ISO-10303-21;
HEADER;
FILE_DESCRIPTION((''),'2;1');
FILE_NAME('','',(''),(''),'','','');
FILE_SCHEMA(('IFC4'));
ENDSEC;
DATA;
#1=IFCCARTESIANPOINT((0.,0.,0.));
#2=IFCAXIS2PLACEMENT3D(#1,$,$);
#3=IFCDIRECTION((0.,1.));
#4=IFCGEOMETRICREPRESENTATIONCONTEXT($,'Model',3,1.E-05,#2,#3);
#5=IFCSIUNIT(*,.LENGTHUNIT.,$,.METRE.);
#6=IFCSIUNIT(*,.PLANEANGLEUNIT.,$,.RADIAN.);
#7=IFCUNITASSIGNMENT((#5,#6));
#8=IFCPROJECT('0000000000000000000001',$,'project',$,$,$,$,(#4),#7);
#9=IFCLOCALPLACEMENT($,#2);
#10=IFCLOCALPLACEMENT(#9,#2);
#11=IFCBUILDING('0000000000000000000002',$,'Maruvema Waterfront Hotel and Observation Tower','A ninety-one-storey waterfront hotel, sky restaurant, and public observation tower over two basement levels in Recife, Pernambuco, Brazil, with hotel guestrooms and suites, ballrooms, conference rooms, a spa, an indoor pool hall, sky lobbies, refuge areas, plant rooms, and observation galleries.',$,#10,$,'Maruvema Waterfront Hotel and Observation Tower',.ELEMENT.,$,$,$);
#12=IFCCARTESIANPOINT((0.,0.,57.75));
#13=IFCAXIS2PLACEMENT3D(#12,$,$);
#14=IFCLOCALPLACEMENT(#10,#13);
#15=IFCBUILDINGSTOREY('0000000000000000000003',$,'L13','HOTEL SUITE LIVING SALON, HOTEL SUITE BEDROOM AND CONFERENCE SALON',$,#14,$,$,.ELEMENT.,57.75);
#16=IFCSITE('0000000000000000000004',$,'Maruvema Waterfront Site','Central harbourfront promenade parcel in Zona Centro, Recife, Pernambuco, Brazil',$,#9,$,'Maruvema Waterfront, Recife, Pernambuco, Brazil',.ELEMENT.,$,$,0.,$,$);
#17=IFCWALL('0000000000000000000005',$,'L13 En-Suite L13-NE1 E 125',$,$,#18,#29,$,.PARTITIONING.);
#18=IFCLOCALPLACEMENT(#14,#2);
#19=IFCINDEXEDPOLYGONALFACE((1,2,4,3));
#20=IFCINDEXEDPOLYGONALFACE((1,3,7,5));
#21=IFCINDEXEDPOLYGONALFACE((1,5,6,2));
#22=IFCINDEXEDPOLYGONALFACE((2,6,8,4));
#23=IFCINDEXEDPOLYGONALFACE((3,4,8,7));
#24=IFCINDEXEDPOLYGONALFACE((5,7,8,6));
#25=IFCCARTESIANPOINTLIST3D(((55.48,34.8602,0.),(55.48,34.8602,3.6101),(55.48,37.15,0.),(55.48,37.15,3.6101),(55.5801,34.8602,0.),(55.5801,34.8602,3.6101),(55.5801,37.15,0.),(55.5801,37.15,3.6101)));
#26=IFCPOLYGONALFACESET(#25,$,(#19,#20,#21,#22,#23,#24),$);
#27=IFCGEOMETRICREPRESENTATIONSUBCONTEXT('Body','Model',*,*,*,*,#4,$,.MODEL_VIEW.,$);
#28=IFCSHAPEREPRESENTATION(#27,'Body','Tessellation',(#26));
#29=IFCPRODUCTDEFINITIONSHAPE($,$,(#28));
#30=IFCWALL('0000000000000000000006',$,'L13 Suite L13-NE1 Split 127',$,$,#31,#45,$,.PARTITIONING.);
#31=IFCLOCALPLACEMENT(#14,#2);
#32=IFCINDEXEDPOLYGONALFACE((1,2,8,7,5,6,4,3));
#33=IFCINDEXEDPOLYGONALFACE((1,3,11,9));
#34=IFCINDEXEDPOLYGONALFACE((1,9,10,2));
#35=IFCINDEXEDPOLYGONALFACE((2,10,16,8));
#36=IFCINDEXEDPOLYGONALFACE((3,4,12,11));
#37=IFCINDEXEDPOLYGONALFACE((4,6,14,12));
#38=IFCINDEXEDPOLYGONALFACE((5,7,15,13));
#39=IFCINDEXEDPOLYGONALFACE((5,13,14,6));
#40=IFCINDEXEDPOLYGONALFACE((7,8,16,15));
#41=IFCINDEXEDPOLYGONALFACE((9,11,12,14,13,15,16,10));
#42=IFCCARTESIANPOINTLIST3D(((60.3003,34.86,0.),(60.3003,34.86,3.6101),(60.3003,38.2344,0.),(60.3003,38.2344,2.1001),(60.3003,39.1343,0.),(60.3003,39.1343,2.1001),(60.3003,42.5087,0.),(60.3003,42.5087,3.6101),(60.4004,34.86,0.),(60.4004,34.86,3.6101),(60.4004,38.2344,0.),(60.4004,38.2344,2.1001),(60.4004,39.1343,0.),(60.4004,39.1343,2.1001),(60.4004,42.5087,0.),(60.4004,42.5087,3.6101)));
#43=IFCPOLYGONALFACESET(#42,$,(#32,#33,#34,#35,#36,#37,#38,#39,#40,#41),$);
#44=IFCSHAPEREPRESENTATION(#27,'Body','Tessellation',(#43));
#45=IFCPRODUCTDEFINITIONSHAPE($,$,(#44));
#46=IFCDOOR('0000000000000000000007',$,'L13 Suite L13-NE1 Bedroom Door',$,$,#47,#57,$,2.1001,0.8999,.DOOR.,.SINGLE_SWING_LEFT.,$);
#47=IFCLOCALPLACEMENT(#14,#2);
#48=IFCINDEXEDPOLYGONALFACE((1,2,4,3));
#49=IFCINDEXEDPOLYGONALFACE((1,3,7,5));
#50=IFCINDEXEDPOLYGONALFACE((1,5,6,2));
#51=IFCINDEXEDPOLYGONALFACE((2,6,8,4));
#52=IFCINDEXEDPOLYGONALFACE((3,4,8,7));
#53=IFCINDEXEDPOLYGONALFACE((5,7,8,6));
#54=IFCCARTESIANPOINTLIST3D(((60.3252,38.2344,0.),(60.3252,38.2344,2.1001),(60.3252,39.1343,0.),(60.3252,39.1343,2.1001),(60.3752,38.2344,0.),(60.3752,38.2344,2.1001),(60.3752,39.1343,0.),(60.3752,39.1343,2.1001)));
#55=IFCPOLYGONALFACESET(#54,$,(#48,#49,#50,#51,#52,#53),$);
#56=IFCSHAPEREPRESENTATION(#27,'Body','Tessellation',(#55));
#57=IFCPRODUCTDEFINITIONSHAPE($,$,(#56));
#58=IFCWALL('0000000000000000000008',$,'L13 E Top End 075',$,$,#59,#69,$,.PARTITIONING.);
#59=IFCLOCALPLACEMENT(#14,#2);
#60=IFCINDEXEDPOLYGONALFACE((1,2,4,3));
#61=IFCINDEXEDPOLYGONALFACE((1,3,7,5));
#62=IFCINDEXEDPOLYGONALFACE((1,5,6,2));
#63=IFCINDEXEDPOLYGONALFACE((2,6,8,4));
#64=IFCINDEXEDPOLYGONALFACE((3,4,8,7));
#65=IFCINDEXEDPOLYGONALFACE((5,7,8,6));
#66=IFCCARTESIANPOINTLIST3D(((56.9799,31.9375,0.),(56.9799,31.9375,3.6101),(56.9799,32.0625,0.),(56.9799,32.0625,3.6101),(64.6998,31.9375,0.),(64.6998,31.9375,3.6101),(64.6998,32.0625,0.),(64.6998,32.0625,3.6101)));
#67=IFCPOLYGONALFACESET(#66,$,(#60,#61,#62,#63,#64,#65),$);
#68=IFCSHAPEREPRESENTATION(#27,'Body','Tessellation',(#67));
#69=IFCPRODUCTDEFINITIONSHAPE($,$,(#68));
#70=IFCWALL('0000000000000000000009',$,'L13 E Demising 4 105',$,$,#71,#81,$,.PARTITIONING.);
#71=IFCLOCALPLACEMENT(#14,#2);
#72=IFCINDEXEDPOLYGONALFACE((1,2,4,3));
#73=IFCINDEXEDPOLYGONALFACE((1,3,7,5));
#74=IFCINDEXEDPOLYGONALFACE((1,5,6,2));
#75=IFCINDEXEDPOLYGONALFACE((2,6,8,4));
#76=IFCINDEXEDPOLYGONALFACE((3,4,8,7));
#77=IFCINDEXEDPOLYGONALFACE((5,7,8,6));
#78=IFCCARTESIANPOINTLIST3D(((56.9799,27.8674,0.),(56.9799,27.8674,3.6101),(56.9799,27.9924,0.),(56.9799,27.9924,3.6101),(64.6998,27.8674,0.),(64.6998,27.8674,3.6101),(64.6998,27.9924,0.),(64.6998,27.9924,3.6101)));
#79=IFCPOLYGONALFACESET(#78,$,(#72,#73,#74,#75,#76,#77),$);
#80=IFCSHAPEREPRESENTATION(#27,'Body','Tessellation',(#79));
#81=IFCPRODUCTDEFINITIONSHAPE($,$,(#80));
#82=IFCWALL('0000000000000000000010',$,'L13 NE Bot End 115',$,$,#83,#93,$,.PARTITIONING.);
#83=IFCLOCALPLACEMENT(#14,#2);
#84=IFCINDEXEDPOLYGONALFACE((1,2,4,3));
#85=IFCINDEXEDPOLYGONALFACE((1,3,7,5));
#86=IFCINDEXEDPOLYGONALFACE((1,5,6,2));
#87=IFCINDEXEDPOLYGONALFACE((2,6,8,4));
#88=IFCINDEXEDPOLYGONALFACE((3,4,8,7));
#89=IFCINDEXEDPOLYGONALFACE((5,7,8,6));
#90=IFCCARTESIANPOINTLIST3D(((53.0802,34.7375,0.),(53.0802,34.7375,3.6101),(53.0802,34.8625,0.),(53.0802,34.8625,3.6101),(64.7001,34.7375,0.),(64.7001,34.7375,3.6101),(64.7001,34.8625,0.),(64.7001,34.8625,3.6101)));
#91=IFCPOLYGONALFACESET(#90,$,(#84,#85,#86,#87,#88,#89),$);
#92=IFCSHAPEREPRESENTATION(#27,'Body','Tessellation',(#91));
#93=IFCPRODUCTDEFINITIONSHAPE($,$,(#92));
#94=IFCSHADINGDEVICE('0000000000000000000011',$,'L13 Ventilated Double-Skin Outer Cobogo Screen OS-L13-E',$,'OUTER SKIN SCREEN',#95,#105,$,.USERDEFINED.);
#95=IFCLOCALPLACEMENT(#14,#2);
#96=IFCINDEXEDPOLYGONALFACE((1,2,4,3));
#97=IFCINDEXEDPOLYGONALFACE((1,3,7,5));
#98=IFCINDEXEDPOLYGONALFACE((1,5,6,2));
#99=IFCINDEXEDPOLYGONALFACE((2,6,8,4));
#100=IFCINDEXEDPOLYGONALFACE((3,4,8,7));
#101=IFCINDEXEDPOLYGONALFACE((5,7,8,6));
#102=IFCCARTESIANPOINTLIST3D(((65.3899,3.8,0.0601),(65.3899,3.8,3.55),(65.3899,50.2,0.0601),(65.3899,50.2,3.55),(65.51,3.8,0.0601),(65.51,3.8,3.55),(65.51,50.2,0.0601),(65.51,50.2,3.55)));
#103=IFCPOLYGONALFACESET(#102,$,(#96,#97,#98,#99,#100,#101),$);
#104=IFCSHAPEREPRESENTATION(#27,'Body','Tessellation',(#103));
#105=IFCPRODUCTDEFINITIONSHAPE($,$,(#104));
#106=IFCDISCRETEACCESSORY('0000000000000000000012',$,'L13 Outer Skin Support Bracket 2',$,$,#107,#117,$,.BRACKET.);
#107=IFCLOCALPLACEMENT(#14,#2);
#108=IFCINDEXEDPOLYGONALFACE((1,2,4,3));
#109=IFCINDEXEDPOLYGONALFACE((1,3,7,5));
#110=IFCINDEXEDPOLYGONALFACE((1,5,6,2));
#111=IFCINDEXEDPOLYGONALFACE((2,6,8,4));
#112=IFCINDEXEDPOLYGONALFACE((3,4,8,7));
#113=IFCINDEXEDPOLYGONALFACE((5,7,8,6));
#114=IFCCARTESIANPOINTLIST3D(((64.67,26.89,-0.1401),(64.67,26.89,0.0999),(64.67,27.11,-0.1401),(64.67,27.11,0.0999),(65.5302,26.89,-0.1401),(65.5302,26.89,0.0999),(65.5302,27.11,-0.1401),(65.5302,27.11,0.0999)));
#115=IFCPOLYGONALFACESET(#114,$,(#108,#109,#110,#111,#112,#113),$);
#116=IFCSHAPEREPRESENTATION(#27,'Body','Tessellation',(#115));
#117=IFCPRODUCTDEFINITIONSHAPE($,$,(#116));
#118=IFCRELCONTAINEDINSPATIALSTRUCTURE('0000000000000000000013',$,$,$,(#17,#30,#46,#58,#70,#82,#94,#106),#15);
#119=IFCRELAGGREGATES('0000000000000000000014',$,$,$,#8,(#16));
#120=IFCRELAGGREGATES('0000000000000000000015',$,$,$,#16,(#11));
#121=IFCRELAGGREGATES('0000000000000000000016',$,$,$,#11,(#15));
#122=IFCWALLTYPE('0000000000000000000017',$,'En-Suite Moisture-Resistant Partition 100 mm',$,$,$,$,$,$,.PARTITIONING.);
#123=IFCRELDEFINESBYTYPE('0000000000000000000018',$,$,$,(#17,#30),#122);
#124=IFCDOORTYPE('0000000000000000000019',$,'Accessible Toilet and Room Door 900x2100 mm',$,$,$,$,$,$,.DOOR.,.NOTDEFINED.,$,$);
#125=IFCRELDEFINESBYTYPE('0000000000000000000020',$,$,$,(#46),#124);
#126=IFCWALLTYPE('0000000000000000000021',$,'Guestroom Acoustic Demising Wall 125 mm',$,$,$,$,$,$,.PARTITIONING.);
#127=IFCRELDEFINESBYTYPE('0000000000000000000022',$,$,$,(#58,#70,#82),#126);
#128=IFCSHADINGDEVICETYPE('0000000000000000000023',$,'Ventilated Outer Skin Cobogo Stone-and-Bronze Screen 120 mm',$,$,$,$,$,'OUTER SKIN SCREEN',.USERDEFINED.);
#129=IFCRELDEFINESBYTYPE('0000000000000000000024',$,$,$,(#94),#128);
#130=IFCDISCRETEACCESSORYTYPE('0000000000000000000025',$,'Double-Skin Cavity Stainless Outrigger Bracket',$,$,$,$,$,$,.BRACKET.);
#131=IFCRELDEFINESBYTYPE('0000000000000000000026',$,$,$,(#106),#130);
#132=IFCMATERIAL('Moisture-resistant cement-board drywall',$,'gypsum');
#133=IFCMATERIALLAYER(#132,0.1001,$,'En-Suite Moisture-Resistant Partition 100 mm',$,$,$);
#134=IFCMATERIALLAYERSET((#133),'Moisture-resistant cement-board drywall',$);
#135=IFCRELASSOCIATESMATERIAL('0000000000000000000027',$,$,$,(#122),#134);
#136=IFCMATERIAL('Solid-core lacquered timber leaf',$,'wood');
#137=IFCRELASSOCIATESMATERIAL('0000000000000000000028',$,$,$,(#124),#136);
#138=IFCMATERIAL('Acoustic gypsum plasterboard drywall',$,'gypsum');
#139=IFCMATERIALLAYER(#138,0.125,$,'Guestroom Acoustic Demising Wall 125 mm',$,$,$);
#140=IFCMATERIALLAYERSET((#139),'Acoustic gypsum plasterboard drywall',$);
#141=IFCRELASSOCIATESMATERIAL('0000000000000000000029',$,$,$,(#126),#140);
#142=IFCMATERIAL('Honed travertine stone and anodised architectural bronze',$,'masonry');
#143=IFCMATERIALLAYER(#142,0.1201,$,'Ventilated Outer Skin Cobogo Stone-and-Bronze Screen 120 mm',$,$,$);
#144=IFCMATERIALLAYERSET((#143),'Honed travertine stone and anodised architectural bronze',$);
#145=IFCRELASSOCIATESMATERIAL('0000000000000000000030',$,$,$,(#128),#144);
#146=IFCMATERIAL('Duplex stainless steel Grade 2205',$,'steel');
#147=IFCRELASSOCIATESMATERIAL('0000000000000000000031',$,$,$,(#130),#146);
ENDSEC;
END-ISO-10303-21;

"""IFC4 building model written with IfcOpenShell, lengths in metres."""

from ifc_helpers import new_model, si_unit, direction, frame, frame_2d, origin, origin_2d, place, context, subcontext, project, spatial, rectangle, extrude, material, layer, layer_set, type_object, element, fill, save


model = new_model("IFC4")

# Units and contexts
model_context = context("Model", 3, precision=1e-05, world=origin(), true_north=direction((0.0, 1.0)))
body_context = subcontext(model_context, "Body", "Model", "MODEL_VIEW")
ifc_project = project(units=[si_unit("LENGTHUNIT", "METRE"), si_unit("PLANEANGLEUNIT", "RADIAN")], contexts=[model_context])

# Site, building, storey
site_placement = place(None, origin())
site = spatial("IfcSite", under=ifc_project, at=site_placement, Name="Maruvema Waterfront Site", Description="Central harbourfront promenade parcel in Zona Centro, Recife, Pernambuco, Brazil", LongName="Maruvema Waterfront, Recife, Pernambuco, Brazil", CompositionType="ELEMENT", RefElevation=0.0)
building_placement = place(site_placement, origin())
building = spatial("IfcBuilding", under=site, at=building_placement, Name="Maruvema Waterfront Hotel and Observation Tower", Description="A ninety-one-storey waterfront hotel, sky restaurant, and public observation tower over two basement levels in Recife, Pernambuco, Brazil, with hotel guestrooms and suites, ballrooms, conference rooms, a spa, an indoor pool hall, sky lobbies, refuge areas, plant rooms, and observation galleries.", LongName="Maruvema Waterfront Hotel and Observation Tower", CompositionType="ELEMENT")
storey_placement = place(building_placement, frame((0.0, 0.0, 57.75)))
storey = spatial("IfcBuildingStorey", under=building, at=storey_placement, Name="L13", Description="HOTEL SUITE LIVING SALON, HOTEL SUITE BEDROOM AND CONFERENCE SALON", CompositionType="ELEMENT", Elevation=57.75)

# Shared definitions
ifc_material_1 = material(Name="Moisture-resistant cement-board drywall", Category="gypsum")
ifc_layer_1 = layer(ifc_material_1, 0.1001, Name="En-Suite Moisture-Resistant Partition 100 mm")
ifc_layer_set_1 = layer_set([ifc_layer_1], Name="Moisture-resistant cement-board drywall")
wall_type_1 = type_object("IfcWallType", Name="En-Suite Moisture-Resistant Partition 100 mm", PredefinedType="PARTITIONING", material=ifc_layer_set_1)

# Wall
wall_1_placement = place(storey_placement, frame((55.53, 34.8601, 0.0), z_axis=(0.0, 0.0, 1.0), x_axis=(0.0, 1.0, 0.0)))
element("IfcWall", 1, at=wall_1_placement, inside=storey, type_object=wall_type_1, Name="L13 En-Suite L13-NE1 E 125", PredefinedType="PARTITIONING", context=body_context, shape_type="SweptSolid", body=[
    extrude(rectangle(XDim=2.2898, YDim=0.1001, at=frame_2d((1.145, 0.0))), origin(), (0.0, 0.0, 1.0), 3.6101),
])

# Wall, opening, door
wall_2_placement = place(storey_placement, frame((60.3503, 34.8601, 0.0), z_axis=(0.0, 0.0, 1.0), x_axis=(0.0, 1.0, 0.0)))
wall_2 = element("IfcWall", 2, at=wall_2_placement, inside=storey, type_object=wall_type_1, Name="L13 Suite L13-NE1 Split 127", PredefinedType="PARTITIONING", context=body_context, shape_type="SweptSolid", body=[
    extrude(rectangle(XDim=7.6487, YDim=0.1001, at=frame_2d((3.8242, 0.0))), origin(), (0.0, 0.0, 1.0), 3.6101),
])
opening_1_placement = place(wall_2_placement, frame((3.3743, 0.0, 0.0)))
opening_1 = element("IfcOpeningElement", 3, at=opening_1_placement, cuts=wall_2, PredefinedType="OPENING", context=body_context, shape_type="SweptSolid", body=[
    extrude(rectangle(XDim=0.8999, YDim=2.1001, at=frame_2d((0.45, 1.05))), frame((0.0, 0.0601, 0.0), z_axis=(0.0, -1.0, 0.0), x_axis=(1.0, 0.0, 0.0)), (0.0, 0.0, 1.0), 0.1201),
])
ifc_material_2 = material(Name="Solid-core lacquered timber leaf", Category="wood")
door_type_1 = type_object("IfcDoorType", Name="Accessible Toilet and Room Door 900x2100 mm", OperationType="NOTDEFINED", PredefinedType="DOOR", material=ifc_material_2)
door_1_placement = place(opening_1_placement, frame((0.8999, 0.0, 0.0), z_axis=(0.0, 0.0, 1.0), x_axis=(-1.0, 0.0, 0.0)))
door_1 = element("IfcDoor", 4, at=door_1_placement, inside=storey, type_object=door_type_1, Name="L13 Suite L13-NE1 Bedroom Door", OperationType="SINGLE_SWING_LEFT", OverallHeight=2.1001, OverallWidth=0.8999, PredefinedType="DOOR", context=body_context, shape_type="SweptSolid", body=[
    extrude(rectangle(XDim=0.8999, YDim=2.1001, at=frame_2d((0.45, 1.05))), frame((0.0, 0.0249, 0.0), z_axis=(0.0, -1.0, 0.0), x_axis=(1.0, 0.0, 0.0)), (0.0, 0.0, 1.0), 0.05),
])
fill(opening_1, door_1)

# Walls
ifc_material_3 = material(Name="Acoustic gypsum plasterboard drywall", Category="gypsum")
ifc_layer_2 = layer(ifc_material_3, 0.125, Name="Guestroom Acoustic Demising Wall 125 mm")
ifc_layer_set_2 = layer_set([ifc_layer_2], Name="Acoustic gypsum plasterboard drywall")
wall_type_2 = type_object("IfcWallType", Name="Guestroom Acoustic Demising Wall 125 mm", PredefinedType="PARTITIONING", material=ifc_layer_set_2)
for number, where, z_axis, x_axis, name in (
    (5, (56.98, 32.0, 0.0), (0.0, 0.0, 1.0), (1.0, 0.0, 0.0), "L13 E Top End 075"),
    (6, (56.98, 27.9299, 0.0), (0.0, 0.0, 1.0), (1.0, 0.0, 0.0), "L13 E Demising 4 105"),
):
    element("IfcWall", number, at=place(storey_placement, frame(where, z_axis=z_axis, x_axis=x_axis)), inside=storey, type_object=wall_type_2, Name=name, PredefinedType="PARTITIONING", context=body_context, shape_type="SweptSolid", body=[
        extrude(rectangle(XDim=7.72, YDim=0.125, at=frame_2d((3.8599, 0.0))), origin(), (0.0, 0.0, 1.0), 3.6101),
    ])
wall_3_placement = place(storey_placement, frame((53.0801, 34.8, 0.0), z_axis=(0.0, 0.0, 1.0), x_axis=(1.0, 0.0, 0.0)))
element("IfcWall", 7, at=wall_3_placement, inside=storey, type_object=wall_type_2, Name="L13 NE Bot End 115", PredefinedType="PARTITIONING", context=body_context, shape_type="SweptSolid", body=[
    extrude(rectangle(XDim=11.6199, YDim=0.125, at=frame_2d((5.8101, 0.0))), origin(), (0.0, 0.0, 1.0), 3.6101),
])

# Shading device
ifc_material_4 = material(Name="Honed travertine stone and anodised architectural bronze", Category="masonry")
ifc_layer_3 = layer(ifc_material_4, 0.1201, Name="Ventilated Outer Skin Cobogo Stone-and-Bronze Screen 120 mm")
ifc_layer_set_3 = layer_set([ifc_layer_3], Name="Honed travertine stone and anodised architectural bronze")
shading_device_type = type_object("IfcShadingDeviceType", Name="Ventilated Outer Skin Cobogo Stone-and-Bronze Screen 120 mm", ElementType="OUTER SKIN SCREEN", PredefinedType="USERDEFINED", material=ifc_layer_set_3)
shading_device_placement = place(storey_placement, frame((65.45, 27.0, 0.0601), z_axis=(0.0, 0.0, 1.0), x_axis=(0.0, 1.0, 0.0)))
element("IfcShadingDevice", 8, at=shading_device_placement, inside=storey, type_object=shading_device_type, Name="L13 Ventilated Double-Skin Outer Cobogo Screen OS-L13-E", ObjectType="OUTER SKIN SCREEN", PredefinedType="USERDEFINED", context=body_context, shape_type="SweptSolid", body=[
    extrude(rectangle(XDim=46.3999, YDim=0.1201, at=origin_2d()), origin(), (0.0, 0.0, 1.0), 3.49),
])

# Discrete accessory
ifc_material_5 = material(Name="Duplex stainless steel Grade 2205", Category="steel")
discrete_accessory_type = type_object("IfcDiscreteAccessoryType", Name="Double-Skin Cavity Stainless Outrigger Bracket", PredefinedType="BRACKET", material=ifc_material_5)
discrete_accessory_placement = place(storey_placement, frame((65.1001, 27.0, -0.1401), z_axis=(0.0, 0.0, 1.0), x_axis=(0.0, 1.0, 0.0)))
element("IfcDiscreteAccessory", 9, at=discrete_accessory_placement, inside=storey, type_object=discrete_accessory_type, Name="L13 Outer Skin Support Bracket 2", PredefinedType="BRACKET", context=body_context, shape_type="SweptSolid", body=[
    extrude(rectangle(XDim=0.22, YDim=0.8601, at=origin_2d()), origin(), (0.0, 0.0, 1.0), 0.24),
])

save(model, "model.ifc")
